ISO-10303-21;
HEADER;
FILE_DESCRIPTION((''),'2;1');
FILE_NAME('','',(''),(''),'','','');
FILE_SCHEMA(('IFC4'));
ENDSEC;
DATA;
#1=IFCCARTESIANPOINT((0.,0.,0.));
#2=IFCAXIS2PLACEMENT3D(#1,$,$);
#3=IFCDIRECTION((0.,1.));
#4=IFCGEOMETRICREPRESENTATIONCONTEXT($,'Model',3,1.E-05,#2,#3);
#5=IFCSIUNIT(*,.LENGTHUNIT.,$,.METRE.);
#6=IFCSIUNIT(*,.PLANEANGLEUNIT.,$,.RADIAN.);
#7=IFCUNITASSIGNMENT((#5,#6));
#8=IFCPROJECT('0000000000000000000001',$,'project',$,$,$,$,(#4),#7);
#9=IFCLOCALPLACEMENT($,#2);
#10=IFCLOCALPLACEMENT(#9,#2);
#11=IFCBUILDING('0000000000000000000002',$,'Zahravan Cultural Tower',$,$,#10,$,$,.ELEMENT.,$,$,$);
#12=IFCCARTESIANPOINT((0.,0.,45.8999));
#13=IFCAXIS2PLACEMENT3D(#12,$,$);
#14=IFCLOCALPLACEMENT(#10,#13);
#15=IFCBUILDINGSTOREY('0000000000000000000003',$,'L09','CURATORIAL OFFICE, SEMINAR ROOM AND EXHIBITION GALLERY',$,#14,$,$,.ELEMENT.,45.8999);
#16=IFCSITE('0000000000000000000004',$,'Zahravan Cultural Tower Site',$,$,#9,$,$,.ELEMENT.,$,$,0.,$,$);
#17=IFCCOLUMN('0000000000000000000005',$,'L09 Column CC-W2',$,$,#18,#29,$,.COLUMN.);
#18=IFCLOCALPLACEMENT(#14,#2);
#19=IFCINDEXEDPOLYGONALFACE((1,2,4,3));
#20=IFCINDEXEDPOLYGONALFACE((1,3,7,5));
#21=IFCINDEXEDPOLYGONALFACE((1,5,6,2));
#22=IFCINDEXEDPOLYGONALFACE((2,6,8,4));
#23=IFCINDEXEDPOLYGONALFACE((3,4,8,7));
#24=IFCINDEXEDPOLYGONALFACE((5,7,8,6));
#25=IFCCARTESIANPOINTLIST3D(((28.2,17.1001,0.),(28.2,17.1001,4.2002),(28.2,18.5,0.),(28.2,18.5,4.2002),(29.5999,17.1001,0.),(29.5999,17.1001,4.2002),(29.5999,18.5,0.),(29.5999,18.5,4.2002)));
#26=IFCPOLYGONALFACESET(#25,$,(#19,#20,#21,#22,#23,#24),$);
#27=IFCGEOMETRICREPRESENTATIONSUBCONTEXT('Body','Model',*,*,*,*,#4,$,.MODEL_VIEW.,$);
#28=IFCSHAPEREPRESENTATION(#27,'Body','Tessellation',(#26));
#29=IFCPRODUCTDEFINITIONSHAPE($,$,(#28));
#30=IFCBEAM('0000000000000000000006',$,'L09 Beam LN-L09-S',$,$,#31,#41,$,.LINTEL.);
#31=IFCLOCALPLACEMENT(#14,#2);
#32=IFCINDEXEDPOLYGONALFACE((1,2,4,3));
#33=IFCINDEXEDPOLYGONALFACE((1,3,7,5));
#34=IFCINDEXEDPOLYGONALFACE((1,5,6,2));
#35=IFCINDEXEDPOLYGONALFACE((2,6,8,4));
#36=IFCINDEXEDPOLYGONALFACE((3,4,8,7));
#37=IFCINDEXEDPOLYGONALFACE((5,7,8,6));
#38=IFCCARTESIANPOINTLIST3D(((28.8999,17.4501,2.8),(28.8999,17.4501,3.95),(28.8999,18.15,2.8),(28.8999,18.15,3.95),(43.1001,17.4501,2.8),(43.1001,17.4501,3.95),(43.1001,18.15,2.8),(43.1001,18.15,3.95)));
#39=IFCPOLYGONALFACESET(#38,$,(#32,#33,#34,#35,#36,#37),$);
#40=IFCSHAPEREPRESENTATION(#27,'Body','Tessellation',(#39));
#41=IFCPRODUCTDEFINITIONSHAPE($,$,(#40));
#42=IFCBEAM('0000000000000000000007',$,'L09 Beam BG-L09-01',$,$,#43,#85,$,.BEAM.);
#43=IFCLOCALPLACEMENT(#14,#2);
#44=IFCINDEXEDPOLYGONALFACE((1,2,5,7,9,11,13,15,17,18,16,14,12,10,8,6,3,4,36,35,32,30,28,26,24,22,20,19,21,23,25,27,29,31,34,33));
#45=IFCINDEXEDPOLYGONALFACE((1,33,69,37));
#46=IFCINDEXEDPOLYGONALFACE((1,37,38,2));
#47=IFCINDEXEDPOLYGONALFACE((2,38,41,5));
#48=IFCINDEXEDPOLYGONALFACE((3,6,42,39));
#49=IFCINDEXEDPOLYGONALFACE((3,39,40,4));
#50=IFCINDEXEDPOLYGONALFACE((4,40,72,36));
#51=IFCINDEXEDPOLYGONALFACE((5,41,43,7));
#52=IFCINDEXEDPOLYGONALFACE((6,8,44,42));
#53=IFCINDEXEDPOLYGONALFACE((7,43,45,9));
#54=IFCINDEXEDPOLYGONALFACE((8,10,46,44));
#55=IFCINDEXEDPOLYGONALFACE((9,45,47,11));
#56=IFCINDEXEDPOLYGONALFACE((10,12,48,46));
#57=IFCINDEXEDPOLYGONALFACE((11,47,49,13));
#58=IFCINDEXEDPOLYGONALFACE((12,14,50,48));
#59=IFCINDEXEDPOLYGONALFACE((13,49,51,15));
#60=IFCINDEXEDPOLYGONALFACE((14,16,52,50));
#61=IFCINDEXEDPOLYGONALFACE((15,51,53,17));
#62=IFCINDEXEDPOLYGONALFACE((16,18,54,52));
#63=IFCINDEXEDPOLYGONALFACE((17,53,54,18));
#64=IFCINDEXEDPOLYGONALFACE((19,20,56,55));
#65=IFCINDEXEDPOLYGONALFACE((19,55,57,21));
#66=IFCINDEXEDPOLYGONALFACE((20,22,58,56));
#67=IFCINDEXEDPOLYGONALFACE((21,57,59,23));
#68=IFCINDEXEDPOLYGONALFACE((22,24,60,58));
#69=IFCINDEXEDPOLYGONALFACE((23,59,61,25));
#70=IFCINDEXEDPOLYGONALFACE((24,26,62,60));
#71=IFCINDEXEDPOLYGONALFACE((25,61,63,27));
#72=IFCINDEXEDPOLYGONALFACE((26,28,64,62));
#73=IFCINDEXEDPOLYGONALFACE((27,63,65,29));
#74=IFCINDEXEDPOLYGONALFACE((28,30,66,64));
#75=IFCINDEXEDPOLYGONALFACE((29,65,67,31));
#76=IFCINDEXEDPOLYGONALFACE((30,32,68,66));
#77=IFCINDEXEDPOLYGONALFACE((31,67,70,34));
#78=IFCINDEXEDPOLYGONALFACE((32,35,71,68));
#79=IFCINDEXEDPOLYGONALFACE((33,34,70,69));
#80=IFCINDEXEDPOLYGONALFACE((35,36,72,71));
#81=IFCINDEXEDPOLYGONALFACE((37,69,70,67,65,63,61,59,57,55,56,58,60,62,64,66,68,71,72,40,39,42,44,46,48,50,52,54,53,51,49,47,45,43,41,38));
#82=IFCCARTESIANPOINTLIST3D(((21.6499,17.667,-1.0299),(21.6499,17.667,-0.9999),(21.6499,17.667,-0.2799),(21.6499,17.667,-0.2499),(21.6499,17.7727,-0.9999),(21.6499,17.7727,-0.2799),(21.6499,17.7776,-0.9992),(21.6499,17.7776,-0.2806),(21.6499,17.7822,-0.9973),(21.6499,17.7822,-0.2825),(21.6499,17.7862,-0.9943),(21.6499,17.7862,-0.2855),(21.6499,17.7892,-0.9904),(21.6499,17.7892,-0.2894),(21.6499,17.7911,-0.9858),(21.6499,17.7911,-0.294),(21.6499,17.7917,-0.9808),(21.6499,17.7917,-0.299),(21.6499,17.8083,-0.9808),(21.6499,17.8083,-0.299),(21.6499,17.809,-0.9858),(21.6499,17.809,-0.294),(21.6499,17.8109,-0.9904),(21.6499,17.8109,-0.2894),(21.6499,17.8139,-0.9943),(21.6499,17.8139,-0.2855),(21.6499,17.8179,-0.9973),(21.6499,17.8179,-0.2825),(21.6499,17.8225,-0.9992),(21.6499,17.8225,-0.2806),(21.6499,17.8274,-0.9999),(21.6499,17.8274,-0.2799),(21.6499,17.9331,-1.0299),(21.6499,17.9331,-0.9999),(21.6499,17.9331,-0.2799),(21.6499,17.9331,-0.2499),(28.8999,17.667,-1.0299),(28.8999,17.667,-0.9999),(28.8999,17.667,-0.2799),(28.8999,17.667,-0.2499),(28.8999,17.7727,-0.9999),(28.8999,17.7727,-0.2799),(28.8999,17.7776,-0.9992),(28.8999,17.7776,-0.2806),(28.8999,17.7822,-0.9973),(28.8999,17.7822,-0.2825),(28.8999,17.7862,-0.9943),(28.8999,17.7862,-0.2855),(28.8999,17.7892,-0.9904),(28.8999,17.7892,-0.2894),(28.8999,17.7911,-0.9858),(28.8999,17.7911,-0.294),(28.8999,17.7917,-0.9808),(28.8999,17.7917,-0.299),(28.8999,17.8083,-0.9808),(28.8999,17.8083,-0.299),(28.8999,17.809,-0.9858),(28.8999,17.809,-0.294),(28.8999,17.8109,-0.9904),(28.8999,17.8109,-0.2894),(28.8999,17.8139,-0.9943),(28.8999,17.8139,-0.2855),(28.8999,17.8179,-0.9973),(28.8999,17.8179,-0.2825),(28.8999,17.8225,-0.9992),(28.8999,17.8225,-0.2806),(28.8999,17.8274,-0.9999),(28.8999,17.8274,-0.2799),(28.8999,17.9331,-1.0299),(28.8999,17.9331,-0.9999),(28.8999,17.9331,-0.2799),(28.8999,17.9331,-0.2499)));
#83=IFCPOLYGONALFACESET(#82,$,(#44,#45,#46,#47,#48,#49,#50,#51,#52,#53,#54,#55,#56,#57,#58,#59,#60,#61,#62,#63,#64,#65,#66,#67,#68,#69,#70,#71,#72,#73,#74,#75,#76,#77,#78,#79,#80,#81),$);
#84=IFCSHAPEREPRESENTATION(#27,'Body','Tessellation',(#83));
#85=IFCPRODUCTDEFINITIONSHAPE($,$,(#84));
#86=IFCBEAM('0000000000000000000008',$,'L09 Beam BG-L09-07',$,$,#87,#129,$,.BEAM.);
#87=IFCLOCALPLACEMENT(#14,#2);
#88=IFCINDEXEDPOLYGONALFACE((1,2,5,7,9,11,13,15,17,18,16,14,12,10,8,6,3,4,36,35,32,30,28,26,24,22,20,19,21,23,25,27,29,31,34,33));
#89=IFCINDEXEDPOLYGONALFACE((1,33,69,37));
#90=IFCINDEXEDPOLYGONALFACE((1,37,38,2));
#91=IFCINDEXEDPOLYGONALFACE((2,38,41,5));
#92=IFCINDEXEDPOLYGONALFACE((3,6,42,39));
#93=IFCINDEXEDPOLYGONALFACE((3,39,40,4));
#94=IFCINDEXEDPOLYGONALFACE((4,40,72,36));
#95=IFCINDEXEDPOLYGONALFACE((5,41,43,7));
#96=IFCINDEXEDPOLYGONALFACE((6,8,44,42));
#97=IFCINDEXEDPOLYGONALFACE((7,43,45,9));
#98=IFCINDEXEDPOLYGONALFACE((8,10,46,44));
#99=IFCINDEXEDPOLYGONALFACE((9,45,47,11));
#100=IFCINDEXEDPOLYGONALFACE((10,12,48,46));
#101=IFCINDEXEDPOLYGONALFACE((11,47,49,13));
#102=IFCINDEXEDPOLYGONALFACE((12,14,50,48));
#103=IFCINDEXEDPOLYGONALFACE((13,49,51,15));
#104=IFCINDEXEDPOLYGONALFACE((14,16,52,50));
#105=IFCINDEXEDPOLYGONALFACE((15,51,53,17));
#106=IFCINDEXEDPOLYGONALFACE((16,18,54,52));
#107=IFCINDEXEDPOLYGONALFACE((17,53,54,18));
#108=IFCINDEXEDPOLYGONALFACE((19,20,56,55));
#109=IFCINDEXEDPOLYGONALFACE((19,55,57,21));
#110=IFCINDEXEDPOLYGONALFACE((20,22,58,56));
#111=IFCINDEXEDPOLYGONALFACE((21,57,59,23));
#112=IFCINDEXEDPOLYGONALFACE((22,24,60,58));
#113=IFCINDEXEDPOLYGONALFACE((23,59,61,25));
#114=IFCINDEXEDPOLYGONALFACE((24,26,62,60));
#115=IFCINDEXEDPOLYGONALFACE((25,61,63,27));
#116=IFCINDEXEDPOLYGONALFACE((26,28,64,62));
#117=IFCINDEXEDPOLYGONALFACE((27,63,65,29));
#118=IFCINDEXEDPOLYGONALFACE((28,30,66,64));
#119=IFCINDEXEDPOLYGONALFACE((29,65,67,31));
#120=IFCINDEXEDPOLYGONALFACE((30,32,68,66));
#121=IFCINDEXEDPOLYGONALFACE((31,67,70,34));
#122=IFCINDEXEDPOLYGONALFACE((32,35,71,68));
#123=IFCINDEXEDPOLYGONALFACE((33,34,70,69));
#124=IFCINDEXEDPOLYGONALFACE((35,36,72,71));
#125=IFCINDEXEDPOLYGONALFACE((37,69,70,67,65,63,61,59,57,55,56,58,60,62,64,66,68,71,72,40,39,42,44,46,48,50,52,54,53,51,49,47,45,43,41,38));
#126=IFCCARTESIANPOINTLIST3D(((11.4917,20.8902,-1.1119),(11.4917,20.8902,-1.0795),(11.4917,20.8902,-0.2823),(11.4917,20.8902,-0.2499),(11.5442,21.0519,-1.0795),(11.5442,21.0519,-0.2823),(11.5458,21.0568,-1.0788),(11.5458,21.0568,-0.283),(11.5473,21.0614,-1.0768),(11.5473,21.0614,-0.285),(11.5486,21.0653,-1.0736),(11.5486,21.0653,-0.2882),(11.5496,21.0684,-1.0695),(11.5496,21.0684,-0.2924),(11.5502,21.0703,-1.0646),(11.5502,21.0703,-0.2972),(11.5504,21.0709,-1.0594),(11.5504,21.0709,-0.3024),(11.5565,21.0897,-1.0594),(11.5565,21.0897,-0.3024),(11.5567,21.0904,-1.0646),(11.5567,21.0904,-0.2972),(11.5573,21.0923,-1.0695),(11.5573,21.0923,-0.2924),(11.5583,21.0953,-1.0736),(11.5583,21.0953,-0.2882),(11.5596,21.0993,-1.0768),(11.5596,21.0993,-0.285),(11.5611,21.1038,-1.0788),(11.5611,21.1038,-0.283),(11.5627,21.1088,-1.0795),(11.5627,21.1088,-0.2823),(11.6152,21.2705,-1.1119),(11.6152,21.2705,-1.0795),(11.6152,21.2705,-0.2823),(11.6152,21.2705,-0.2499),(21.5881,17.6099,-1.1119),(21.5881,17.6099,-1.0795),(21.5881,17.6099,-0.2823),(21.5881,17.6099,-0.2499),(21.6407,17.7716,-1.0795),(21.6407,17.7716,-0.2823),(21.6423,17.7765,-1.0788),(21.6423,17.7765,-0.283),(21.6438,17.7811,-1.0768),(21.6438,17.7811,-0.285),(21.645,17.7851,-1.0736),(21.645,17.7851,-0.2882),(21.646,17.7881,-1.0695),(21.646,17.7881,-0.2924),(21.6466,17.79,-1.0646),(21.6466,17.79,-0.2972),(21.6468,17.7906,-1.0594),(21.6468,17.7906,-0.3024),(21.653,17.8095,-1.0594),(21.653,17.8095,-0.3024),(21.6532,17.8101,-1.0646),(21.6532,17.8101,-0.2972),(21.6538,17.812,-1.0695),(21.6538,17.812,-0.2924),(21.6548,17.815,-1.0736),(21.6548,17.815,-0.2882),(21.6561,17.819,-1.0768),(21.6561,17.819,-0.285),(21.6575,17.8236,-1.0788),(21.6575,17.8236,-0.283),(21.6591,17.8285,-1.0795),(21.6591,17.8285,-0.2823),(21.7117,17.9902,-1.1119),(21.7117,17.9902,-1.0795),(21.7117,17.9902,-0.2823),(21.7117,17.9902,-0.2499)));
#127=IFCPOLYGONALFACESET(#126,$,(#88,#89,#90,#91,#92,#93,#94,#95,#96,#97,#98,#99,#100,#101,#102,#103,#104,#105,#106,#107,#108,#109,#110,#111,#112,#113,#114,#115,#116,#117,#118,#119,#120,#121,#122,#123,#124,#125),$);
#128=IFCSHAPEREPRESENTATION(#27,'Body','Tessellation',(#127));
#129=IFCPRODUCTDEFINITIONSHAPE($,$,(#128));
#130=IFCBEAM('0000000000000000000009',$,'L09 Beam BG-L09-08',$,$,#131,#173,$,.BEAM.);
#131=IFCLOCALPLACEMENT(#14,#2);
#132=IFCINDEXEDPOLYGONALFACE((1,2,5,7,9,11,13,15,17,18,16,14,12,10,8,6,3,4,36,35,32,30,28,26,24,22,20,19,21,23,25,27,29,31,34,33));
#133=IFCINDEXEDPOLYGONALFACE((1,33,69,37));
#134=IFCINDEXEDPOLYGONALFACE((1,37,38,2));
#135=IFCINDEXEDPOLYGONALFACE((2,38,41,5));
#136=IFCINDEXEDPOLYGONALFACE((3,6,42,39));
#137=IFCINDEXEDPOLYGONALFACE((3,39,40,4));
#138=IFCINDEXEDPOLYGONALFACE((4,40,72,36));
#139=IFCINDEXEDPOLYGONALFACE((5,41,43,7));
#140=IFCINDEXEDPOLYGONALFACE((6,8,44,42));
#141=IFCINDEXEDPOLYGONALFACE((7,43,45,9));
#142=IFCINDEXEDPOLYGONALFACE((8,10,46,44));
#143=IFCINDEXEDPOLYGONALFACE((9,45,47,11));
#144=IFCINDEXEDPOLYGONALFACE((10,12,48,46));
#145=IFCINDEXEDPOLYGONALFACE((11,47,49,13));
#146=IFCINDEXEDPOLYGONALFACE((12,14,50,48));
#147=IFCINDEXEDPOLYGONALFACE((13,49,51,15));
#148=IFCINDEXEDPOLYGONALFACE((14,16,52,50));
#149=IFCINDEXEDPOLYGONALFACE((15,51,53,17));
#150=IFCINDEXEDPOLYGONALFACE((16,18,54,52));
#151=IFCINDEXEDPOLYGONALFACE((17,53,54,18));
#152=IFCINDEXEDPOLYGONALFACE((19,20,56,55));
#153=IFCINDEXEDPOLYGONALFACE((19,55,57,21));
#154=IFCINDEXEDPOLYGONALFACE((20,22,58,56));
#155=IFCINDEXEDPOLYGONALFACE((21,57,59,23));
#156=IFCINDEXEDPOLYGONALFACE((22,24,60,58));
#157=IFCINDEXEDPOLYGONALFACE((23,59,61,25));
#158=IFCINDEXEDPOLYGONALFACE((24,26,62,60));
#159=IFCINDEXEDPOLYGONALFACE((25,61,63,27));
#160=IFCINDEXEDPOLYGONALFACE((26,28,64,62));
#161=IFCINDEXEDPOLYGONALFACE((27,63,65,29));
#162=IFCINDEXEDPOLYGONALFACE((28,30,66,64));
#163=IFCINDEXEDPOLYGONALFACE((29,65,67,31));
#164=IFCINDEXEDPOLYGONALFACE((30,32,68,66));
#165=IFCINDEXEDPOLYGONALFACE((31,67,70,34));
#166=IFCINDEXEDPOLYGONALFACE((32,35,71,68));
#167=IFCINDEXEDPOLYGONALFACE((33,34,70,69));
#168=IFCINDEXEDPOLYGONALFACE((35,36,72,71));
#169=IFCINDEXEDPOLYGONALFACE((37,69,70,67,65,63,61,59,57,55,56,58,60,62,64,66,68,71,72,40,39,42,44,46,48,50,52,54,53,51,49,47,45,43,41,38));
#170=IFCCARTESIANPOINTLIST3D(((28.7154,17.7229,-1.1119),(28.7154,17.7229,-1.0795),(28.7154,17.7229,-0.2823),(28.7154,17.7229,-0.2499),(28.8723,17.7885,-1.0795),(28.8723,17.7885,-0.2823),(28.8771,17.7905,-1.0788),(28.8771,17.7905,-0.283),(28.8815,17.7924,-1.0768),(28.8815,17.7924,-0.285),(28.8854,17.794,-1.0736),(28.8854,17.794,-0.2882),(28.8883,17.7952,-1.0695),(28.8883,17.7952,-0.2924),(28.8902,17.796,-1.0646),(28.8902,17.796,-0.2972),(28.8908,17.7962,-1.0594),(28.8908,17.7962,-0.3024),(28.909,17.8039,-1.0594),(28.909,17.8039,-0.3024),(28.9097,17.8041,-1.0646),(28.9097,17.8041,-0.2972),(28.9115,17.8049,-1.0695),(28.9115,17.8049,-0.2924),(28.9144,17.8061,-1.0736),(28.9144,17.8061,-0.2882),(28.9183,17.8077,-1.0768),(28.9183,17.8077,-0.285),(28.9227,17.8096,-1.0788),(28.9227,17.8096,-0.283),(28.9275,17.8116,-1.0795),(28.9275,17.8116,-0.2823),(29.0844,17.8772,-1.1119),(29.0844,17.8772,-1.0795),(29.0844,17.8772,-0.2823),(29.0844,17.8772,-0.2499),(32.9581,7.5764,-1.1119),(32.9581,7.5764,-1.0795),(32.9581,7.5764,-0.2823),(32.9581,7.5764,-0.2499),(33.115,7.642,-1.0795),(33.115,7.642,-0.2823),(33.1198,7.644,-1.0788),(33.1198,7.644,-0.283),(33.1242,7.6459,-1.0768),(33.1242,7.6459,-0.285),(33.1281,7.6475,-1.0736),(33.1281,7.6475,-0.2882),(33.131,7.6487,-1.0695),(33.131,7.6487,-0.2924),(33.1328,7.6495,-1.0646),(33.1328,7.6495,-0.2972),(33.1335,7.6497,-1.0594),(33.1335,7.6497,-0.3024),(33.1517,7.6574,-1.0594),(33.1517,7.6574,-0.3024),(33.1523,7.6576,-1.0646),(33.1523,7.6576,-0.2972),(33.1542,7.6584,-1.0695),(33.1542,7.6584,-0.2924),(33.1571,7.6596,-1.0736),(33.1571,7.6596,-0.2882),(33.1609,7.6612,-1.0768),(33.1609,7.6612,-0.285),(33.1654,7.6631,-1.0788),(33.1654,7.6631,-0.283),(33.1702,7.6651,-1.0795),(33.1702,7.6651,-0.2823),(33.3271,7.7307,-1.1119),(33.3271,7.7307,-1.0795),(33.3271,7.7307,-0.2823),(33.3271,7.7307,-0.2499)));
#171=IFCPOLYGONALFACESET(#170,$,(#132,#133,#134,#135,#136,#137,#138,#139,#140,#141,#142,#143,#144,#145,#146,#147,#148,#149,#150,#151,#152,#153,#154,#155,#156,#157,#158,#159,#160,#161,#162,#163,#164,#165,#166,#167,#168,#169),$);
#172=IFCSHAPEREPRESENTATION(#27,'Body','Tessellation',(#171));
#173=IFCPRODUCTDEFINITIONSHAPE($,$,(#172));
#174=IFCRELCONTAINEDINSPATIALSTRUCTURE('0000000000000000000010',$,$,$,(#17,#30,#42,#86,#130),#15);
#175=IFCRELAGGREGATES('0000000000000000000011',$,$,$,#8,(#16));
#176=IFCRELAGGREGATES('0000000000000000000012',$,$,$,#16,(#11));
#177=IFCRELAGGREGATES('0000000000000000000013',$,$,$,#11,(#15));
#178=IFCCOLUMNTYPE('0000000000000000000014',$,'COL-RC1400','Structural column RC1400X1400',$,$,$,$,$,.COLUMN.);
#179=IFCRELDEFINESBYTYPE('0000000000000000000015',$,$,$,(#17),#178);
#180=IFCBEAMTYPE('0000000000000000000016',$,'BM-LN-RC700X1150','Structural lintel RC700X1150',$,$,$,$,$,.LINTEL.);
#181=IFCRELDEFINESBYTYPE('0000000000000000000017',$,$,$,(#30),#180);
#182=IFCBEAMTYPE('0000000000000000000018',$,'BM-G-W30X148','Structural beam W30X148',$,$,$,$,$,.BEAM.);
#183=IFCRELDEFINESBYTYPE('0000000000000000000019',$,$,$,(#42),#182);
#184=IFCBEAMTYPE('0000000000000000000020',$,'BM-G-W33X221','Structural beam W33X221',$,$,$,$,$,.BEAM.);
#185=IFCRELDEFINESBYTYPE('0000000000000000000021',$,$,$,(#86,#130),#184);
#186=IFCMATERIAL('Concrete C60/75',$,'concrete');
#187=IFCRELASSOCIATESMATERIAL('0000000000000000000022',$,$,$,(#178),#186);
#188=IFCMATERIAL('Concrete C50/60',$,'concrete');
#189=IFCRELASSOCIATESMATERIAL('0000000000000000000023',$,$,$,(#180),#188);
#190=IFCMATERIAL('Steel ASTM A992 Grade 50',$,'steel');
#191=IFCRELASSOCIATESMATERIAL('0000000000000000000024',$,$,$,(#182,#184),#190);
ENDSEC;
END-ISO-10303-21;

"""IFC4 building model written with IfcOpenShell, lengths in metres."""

from ifc_helpers import new_model, si_unit, direction, frame, origin, origin_2d, place, context, subcontext, project, spatial, rectangle, i_section, extrude, source, transform, mapped, material, material_profile, profile_set, type_object, element, save


model = new_model("IFC4")

# Units and contexts
model_context = context("Model", 3, precision=1e-05, world=origin(), true_north=direction((0.0, 1.0)))
body_context = subcontext(model_context, "Body", "Model", "MODEL_VIEW")
ifc_project = project(units=[si_unit("LENGTHUNIT", "METRE"), si_unit("PLANEANGLEUNIT", "RADIAN")], contexts=[model_context])

# Site, building, storey
site_placement = place(None, origin())
site = spatial("IfcSite", under=ifc_project, at=site_placement, Name="Zahravan Cultural Tower Site", CompositionType="ELEMENT", RefElevation=0.0)
building_placement = place(site_placement, origin())
building = spatial("IfcBuilding", under=site, at=building_placement, Name="Zahravan Cultural Tower", CompositionType="ELEMENT")
storey_placement = place(building_placement, frame((0.0, 0.0, 45.8999)))
storey = spatial("IfcBuildingStorey", under=building, at=storey_placement, Name="L09", Description="CURATORIAL OFFICE, SEMINAR ROOM AND EXHIBITION GALLERY", CompositionType="ELEMENT", Elevation=45.8999)

# Column
ifc_material_1 = material(Name="Concrete C60/75", Category="concrete")
ifc_material_profile_1 = material_profile(ifc_material_1, rectangle(XDim=1.3999, YDim=1.3999, at=origin_2d()), Name="RC1400X1400")
ifc_profile_set_1 = profile_set([ifc_material_profile_1], Name="Concrete C60/75")
column_type = type_object("IfcColumnType", Name="COL-RC1400", Description="Structural column RC1400X1400", PredefinedType="COLUMN", material=ifc_profile_set_1)
shared_shape_1 = source(origin(), body_context, "Body", "SweptSolid", [
    extrude(rectangle(XDim=1.3999, YDim=1.3999, at=origin_2d()), origin(), (0.0, 0.0, 1.0), 4.2002),
])
column_placement = place(storey_placement, frame((28.8999, 17.8, 0.0), z_axis=(0.0, 0.0, 1.0), x_axis=(1.0, 0.0, 0.0)))
element("IfcColumn", 1, at=column_placement, inside=storey, type_object=column_type, Name="L09 Column CC-W2", PredefinedType="COLUMN", context=body_context, shape_type="MappedRepresentation", body=[
    mapped(shared_shape_1, transform((0.0, 0.0, 0.0), x_axis=(1.0, 0.0, 0.0), y_axis=(0.0, 1.0, 0.0), z_axis=(0.0, 0.0, 1.0), scale=1.0)),
])

# Beams
ifc_material_2 = material(Name="Concrete C50/60", Category="concrete")
ifc_material_profile_2 = material_profile(ifc_material_2, rectangle(XDim=0.7, YDim=1.1499, at=origin_2d()), Name="RC700X1150")
ifc_profile_set_2 = profile_set([ifc_material_profile_2], Name="Concrete C50/60")
beam_type_1 = type_object("IfcBeamType", Name="BM-LN-RC700X1150", Description="Structural lintel RC700X1150", PredefinedType="LINTEL", material=ifc_profile_set_2)
shared_shape_2 = source(origin(), body_context, "Body", "SweptSolid", [
    extrude(rectangle(XDim=0.7, YDim=1.1499, at=origin_2d()), origin(), (0.0, 0.0, 1.0), 14.2002),
])
beam_1_placement = place(storey_placement, frame((28.8999, 17.8, 3.375), z_axis=(1.0, 0.0, 0.0), x_axis=(0.0, 1.0, 0.0)))
element("IfcBeam", 2, at=beam_1_placement, inside=storey, type_object=beam_type_1, Name="L09 Beam LN-L09-S", PredefinedType="LINTEL", context=body_context, shape_type="MappedRepresentation", body=[
    mapped(shared_shape_2, transform((0.0, 0.0, 0.0), x_axis=(1.0, 0.0, 0.0), y_axis=(0.0, 1.0, 0.0), z_axis=(0.0, 0.0, 1.0), scale=1.0)),
])
ifc_material_3 = material(Name="Steel ASTM A992 Grade 50", Category="steel")
ifc_material_profile_3 = material_profile(ifc_material_3, i_section(OverallWidth=0.2661, OverallDepth=0.78, WebThickness=0.0166, FlangeThickness=0.03, FilletRadius=0.019, at=origin_2d()), Name="W30X148")
ifc_profile_set_3 = profile_set([ifc_material_profile_3], Name="Steel ASTM A992 Grade 50")
beam_type_2 = type_object("IfcBeamType", Name="BM-G-W30X148", Description="Structural beam W30X148", PredefinedType="BEAM", material=ifc_profile_set_3)
shared_shape_3 = source(origin(), body_context, "Body", "SweptSolid", [
    extrude(i_section(OverallWidth=0.2661, OverallDepth=0.78, WebThickness=0.0166, FlangeThickness=0.03, FilletRadius=0.019, at=origin_2d()), origin(), (0.0, 0.0, 1.0), 7.25),
])
beam_2_placement = place(storey_placement, frame((21.6499, 17.8, -0.6399), z_axis=(1.0, 0.0, 0.0), x_axis=(0.0, 1.0, 0.0)))
element("IfcBeam", 3, at=beam_2_placement, inside=storey, type_object=beam_type_2, Name="L09 Beam BG-L09-01", PredefinedType="BEAM", context=body_context, shape_type="MappedRepresentation", body=[
    mapped(shared_shape_3, transform((0.0, 0.0, 0.0), x_axis=(1.0, 0.0, 0.0), y_axis=(0.0, 1.0, 0.0), z_axis=(0.0, 0.0, 1.0), scale=1.0)),
])
ifc_material_profile_4 = material_profile(ifc_material_3, i_section(OverallWidth=0.3999, OverallDepth=0.8621, WebThickness=0.0198, FlangeThickness=0.0325, FilletRadius=0.02, at=origin_2d()), Name="W33X221")
ifc_profile_set_4 = profile_set([ifc_material_profile_4], Name="Steel ASTM A992 Grade 50")
beam_type_3 = type_object("IfcBeamType", Name="BM-G-W33X221", Description="Structural beam W33X221", PredefinedType="BEAM", material=ifc_profile_set_4)
shared_shape_4 = source(origin(), body_context, "Body", "SweptSolid", [
    extrude(i_section(OverallWidth=0.3999, OverallDepth=0.8621, WebThickness=0.0198, FlangeThickness=0.0325, FilletRadius=0.02, at=origin_2d()), origin(), (0.0, 0.0, 1.0), 10.616),
])
beam_3_placement = place(storey_placement, frame((21.6499, 17.8, -0.6809), z_axis=(-0.951064, 0.308995, 0.0), x_axis=(-0.308995, -0.951064, 0.0)))
element("IfcBeam", 4, at=beam_3_placement, inside=storey, type_object=beam_type_3, Name="L09 Beam BG-L09-07", PredefinedType="BEAM", context=body_context, shape_type="MappedRepresentation", body=[
    mapped(shared_shape_4, transform((0.0, 0.0, 0.0), x_axis=(1.0, 0.0, 0.0), y_axis=(0.0, 1.0, 0.0), z_axis=(0.0, 0.0, 1.0), scale=1.0)),
])
shared_shape_5 = source(origin(), body_context, "Body", "SweptSolid", [
    extrude(i_section(OverallWidth=0.3999, OverallDepth=0.8621, WebThickness=0.0198, FlangeThickness=0.0325, FilletRadius=0.02, at=origin_2d()), origin(), (0.0, 0.0, 1.0), 10.9978),
])
beam_4_placement = place(storey_placement, frame((28.8999, 17.8, -0.6809), z_axis=(0.385775, -0.922593, 0.0), x_axis=(0.922593, 0.385775, 0.0)))
element("IfcBeam", 5, at=beam_4_placement, inside=storey, type_object=beam_type_3, Name="L09 Beam BG-L09-08", PredefinedType="BEAM", context=body_context, shape_type="MappedRepresentation", body=[
    mapped(shared_shape_5, transform((0.0, 0.0, 0.0), x_axis=(1.0, 0.0, 0.0), y_axis=(0.0, 1.0, 0.0), z_axis=(0.0, 0.0, 1.0), scale=1.0)),
])

save(model, "model.ifc")
